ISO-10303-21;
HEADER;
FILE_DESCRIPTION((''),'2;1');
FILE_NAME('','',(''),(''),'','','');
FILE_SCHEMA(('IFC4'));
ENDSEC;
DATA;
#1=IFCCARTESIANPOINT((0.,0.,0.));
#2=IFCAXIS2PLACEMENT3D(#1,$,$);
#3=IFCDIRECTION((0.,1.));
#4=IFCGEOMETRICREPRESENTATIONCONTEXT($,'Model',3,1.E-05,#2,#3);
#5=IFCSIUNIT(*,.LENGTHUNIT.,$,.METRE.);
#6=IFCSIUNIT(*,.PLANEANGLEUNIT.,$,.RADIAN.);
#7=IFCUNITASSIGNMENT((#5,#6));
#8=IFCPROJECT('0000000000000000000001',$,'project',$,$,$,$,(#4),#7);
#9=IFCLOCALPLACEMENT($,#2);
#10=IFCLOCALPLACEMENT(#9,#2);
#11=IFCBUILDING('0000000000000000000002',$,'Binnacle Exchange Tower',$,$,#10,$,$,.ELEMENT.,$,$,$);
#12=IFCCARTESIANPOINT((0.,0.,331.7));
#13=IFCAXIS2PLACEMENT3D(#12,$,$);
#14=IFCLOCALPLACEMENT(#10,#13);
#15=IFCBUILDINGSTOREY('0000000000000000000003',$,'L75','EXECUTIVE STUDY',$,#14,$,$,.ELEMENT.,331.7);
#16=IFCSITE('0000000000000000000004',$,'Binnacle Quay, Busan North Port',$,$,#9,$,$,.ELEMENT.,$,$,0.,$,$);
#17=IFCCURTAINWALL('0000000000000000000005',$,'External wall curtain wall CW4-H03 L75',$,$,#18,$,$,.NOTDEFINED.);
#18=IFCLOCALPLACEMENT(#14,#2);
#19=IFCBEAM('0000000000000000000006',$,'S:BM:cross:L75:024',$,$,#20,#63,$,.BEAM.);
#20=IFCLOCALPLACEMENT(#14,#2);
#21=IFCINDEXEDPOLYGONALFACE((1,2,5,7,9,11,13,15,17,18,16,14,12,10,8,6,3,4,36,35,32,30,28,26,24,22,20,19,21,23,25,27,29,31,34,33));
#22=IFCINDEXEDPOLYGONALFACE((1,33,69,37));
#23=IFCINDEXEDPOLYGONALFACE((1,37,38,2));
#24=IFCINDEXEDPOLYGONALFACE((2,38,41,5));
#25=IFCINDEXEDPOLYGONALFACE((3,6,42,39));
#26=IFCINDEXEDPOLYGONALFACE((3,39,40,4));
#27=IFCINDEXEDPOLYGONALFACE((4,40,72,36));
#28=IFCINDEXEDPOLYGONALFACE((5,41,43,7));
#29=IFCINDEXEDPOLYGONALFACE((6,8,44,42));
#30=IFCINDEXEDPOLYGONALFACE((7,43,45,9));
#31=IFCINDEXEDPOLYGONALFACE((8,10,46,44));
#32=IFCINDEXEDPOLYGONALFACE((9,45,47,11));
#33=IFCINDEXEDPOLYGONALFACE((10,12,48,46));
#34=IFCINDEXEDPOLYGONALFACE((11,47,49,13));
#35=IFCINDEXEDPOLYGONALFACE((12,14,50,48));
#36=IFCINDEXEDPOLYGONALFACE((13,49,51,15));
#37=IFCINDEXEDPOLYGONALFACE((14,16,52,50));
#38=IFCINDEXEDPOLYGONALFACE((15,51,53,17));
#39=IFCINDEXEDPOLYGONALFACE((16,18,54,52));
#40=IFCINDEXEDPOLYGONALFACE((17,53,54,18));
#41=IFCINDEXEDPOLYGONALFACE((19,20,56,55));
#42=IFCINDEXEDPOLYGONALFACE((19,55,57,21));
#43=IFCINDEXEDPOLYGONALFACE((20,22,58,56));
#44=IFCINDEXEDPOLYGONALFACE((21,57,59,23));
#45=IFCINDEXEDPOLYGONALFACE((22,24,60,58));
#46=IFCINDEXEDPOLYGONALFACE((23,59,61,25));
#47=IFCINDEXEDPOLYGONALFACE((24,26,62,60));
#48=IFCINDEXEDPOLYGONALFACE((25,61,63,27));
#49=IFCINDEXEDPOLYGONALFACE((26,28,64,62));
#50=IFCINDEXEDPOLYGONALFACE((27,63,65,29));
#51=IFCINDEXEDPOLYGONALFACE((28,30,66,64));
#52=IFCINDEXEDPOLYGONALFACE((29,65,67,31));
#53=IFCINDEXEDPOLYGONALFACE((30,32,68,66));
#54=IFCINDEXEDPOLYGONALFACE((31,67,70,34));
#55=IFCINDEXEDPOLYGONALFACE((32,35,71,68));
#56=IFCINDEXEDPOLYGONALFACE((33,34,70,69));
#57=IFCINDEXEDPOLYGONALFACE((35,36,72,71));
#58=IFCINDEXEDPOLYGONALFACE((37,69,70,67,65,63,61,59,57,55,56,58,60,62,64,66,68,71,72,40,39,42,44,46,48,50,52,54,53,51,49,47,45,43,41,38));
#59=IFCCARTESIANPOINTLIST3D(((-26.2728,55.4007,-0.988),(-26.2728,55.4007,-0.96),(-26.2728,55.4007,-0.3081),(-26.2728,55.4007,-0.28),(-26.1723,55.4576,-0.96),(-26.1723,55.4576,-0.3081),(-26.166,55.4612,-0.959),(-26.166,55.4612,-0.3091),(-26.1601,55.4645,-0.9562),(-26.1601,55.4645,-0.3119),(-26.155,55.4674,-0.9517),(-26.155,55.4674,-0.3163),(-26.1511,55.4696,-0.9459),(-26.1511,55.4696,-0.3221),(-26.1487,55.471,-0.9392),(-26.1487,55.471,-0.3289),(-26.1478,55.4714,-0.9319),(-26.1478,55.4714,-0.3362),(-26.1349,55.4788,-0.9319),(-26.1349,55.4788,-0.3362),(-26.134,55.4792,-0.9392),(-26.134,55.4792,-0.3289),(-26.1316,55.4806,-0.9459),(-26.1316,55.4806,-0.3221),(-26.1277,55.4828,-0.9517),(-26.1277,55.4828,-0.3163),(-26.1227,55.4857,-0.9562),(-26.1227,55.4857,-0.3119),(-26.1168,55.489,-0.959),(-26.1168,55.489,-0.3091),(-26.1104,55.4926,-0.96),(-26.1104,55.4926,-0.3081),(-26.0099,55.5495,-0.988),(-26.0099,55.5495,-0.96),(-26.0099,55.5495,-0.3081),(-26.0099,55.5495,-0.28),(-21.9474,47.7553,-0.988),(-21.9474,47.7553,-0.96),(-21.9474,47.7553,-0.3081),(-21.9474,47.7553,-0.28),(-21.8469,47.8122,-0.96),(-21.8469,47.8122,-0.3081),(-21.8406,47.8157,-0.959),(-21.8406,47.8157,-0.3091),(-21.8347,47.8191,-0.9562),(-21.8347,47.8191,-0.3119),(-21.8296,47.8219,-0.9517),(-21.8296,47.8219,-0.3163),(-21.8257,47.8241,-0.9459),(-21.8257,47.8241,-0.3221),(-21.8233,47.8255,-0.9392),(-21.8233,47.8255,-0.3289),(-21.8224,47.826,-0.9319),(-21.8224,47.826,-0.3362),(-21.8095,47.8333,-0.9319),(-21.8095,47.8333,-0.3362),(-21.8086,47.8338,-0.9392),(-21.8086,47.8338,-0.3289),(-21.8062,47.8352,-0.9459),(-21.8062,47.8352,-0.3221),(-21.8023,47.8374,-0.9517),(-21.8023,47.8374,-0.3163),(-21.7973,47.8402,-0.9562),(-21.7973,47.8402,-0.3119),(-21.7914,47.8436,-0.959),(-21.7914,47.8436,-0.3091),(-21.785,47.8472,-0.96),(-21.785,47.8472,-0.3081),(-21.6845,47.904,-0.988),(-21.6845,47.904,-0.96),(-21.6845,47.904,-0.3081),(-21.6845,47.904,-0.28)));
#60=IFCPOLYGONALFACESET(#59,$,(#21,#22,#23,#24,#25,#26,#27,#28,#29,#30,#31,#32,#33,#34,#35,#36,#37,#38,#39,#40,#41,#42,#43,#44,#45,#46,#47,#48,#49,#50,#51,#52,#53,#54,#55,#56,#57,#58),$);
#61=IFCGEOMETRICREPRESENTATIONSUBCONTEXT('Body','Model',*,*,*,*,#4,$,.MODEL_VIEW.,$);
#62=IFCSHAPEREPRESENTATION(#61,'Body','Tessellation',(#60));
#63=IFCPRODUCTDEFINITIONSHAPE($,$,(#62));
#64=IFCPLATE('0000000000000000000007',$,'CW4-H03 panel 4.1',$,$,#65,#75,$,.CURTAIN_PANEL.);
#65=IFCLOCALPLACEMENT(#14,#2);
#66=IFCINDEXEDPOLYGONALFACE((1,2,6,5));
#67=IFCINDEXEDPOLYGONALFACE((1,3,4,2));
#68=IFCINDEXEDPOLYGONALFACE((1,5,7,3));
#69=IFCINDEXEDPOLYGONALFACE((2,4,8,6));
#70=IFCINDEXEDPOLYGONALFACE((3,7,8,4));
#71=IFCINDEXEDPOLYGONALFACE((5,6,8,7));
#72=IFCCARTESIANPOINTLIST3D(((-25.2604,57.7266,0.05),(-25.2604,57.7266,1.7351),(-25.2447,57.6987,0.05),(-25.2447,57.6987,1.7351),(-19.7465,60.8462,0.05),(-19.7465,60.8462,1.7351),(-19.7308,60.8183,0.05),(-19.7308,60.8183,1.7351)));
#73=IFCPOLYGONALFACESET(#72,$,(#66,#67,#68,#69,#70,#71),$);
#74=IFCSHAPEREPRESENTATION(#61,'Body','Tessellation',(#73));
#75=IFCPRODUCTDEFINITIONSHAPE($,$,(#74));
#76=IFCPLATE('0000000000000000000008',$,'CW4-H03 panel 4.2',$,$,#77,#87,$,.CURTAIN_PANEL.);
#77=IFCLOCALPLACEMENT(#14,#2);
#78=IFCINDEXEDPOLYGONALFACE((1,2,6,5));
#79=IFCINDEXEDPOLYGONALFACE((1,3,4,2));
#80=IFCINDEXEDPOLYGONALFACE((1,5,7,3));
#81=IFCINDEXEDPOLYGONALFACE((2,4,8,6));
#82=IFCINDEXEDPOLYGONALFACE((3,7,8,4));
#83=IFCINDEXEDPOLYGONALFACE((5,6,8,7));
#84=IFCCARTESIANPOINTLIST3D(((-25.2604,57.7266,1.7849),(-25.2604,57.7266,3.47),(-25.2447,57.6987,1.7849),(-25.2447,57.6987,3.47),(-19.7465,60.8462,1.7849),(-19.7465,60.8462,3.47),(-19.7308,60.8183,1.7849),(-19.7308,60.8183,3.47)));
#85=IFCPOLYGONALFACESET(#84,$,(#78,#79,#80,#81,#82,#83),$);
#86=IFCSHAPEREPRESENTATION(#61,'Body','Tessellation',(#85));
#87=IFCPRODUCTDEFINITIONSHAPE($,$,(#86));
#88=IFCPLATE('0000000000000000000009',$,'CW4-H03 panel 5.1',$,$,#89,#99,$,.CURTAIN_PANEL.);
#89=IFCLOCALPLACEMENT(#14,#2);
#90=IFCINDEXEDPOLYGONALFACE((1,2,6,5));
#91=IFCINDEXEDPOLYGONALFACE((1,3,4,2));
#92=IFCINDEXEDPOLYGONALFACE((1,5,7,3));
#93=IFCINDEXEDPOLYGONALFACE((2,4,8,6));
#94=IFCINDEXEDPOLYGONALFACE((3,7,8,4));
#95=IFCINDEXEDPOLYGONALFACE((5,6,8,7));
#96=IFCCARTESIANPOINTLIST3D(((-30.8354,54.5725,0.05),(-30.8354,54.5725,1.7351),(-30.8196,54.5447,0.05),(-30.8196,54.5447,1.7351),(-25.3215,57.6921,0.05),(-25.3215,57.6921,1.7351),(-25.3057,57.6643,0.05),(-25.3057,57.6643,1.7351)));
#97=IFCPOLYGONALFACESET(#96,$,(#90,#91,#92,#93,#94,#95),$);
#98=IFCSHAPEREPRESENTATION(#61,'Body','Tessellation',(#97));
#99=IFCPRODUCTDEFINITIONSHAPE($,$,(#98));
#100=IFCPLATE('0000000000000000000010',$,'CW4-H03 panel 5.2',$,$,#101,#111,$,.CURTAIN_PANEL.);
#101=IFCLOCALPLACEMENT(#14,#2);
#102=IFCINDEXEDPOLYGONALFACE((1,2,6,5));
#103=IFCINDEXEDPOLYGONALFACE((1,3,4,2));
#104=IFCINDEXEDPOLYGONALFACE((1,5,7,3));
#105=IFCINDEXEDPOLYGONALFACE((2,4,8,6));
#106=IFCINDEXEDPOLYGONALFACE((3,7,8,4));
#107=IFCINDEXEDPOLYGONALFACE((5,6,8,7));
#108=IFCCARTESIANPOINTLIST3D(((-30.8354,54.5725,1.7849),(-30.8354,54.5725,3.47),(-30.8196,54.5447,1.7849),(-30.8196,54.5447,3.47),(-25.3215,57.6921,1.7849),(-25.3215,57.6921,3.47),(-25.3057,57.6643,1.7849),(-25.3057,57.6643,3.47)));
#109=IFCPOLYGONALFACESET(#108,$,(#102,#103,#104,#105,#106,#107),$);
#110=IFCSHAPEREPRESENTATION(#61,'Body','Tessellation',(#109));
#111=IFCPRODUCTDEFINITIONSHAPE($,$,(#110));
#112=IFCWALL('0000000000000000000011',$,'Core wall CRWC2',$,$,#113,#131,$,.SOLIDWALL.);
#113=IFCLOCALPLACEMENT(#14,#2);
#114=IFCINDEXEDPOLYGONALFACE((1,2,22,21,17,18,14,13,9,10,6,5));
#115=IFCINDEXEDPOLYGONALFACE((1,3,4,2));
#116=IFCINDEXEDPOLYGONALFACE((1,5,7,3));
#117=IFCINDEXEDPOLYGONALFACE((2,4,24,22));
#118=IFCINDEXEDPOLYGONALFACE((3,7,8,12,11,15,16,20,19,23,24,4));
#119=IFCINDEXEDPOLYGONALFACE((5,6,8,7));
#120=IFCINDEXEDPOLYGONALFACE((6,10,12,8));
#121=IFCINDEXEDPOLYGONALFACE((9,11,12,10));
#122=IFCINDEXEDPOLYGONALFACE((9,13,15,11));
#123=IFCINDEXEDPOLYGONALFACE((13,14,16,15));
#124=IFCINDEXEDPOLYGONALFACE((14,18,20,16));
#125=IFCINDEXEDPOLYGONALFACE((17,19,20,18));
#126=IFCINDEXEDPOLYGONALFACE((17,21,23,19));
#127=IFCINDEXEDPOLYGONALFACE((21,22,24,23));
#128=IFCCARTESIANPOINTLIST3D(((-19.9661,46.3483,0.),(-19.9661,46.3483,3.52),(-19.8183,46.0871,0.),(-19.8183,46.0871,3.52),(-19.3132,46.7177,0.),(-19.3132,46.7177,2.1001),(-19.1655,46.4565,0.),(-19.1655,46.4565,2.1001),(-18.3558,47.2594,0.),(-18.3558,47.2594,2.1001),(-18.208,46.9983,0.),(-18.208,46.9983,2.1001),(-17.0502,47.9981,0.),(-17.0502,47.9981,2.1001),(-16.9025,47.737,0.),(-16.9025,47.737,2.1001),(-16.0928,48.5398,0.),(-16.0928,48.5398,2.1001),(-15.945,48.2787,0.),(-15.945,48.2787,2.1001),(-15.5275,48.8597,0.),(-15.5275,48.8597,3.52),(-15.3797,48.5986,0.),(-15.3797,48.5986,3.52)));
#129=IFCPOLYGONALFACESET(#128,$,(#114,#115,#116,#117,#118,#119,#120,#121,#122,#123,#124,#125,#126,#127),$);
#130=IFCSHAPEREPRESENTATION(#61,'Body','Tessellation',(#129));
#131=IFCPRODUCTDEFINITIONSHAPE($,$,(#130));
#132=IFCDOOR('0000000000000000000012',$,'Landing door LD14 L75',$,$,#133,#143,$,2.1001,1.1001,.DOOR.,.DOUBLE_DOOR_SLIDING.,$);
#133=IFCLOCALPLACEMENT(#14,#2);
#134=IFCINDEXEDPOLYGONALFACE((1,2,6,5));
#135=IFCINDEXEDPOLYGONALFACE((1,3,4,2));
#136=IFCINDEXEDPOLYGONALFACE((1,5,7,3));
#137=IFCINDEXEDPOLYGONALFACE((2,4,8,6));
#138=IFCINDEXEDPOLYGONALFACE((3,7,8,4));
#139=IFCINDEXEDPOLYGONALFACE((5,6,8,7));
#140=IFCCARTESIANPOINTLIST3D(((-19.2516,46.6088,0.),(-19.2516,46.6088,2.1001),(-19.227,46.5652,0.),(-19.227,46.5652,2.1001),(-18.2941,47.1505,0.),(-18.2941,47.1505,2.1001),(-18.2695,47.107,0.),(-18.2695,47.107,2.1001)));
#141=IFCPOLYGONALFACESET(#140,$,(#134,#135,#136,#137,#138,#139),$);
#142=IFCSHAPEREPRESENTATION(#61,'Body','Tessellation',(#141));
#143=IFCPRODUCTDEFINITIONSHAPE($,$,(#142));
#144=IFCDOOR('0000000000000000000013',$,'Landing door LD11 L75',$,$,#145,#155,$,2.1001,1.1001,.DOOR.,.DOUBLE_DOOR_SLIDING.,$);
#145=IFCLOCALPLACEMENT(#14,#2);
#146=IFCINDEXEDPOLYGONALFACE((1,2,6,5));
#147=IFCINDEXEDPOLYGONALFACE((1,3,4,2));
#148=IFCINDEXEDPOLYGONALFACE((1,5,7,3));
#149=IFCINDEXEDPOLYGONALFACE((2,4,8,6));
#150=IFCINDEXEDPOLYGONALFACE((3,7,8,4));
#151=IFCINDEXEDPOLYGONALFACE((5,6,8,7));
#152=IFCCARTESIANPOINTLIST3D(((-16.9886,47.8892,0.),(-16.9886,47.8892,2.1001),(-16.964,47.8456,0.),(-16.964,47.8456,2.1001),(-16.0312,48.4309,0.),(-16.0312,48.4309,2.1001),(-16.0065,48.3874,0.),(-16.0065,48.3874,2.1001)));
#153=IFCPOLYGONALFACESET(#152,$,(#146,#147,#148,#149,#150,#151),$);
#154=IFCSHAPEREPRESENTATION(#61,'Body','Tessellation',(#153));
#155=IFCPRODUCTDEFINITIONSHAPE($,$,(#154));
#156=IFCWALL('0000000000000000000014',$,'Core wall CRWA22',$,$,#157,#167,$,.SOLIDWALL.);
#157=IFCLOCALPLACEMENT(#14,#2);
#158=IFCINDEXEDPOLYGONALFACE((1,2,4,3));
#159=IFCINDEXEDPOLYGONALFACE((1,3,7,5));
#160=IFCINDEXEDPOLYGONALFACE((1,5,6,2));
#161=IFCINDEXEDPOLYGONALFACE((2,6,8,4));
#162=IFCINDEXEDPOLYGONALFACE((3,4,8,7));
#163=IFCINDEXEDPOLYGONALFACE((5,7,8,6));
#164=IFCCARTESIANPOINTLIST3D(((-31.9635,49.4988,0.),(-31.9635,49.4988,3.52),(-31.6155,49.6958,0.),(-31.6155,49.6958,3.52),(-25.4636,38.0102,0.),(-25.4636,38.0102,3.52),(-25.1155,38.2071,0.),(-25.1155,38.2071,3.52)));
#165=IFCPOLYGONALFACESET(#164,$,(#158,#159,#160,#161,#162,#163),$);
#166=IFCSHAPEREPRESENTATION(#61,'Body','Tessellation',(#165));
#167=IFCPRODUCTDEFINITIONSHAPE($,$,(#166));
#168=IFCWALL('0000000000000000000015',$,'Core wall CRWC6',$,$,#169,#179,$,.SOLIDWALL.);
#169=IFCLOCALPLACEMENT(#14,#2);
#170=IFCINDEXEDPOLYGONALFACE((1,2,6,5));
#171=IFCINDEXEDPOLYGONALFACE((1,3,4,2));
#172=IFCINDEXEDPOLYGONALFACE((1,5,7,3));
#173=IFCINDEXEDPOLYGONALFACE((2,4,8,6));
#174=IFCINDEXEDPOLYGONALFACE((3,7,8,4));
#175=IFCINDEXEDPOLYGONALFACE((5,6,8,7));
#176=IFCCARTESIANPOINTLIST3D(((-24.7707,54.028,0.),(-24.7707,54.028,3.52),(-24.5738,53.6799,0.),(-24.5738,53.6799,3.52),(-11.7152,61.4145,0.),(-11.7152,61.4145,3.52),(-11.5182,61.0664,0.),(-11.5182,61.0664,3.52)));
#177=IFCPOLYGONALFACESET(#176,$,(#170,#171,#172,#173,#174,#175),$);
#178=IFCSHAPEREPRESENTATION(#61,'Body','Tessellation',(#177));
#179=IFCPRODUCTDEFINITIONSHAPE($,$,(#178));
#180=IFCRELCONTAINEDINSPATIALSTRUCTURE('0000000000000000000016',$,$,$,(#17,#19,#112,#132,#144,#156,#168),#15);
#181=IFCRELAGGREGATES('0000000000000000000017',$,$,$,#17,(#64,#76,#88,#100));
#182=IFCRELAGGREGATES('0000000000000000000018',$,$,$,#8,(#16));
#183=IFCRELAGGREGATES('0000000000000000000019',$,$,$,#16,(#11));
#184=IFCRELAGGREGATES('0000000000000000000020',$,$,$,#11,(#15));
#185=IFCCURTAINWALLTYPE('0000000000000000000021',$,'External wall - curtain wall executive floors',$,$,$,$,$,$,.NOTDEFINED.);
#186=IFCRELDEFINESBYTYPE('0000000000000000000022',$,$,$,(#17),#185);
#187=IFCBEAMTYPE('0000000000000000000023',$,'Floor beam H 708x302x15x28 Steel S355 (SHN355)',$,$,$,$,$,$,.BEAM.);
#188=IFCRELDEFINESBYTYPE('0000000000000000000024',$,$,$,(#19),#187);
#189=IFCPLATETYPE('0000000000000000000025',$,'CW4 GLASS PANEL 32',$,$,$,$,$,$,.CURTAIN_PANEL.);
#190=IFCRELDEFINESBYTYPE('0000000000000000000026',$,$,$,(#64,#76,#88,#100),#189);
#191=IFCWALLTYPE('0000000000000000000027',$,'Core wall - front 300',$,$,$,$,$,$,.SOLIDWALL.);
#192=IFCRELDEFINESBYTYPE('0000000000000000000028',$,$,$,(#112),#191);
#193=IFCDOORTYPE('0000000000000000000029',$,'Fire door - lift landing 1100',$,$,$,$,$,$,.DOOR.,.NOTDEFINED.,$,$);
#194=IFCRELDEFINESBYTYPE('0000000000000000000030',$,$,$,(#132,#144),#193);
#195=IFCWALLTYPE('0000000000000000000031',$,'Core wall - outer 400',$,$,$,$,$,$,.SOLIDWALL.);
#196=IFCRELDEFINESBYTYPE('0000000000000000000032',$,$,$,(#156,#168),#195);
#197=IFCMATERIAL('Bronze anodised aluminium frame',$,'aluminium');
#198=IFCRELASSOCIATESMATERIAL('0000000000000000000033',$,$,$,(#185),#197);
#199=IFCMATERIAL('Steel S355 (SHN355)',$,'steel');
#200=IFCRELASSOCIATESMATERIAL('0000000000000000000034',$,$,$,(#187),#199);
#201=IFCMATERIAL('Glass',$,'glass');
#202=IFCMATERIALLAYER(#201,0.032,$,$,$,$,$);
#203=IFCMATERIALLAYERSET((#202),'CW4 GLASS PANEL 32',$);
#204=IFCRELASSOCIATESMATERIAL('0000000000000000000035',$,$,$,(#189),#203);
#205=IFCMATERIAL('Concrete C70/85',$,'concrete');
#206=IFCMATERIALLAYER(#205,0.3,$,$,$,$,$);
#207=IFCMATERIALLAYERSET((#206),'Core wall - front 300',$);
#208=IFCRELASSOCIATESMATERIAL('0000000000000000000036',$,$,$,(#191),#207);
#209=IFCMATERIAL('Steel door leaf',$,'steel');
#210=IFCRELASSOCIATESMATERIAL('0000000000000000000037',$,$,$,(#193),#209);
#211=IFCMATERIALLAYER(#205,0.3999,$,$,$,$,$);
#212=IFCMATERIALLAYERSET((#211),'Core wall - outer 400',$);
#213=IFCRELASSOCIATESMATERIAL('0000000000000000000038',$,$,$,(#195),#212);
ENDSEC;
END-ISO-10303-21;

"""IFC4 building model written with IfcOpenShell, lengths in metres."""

from ifc_helpers import new_model, si_unit, direction, frame, frame_2d, origin, origin_2d, place, context, subcontext, project, spatial, rectangle, i_section, extrude, material, layer, layer_set, material_profile, profile_set, type_object, element, fill, aggregate, save


model = new_model("IFC4")

# Units and contexts
model_context = context("Model", 3, precision=1e-05, world=origin(), true_north=direction((0.0, 1.0)))
body_context = subcontext(model_context, "Body", "Model", "MODEL_VIEW")
ifc_project = project(units=[si_unit("LENGTHUNIT", "METRE"), si_unit("PLANEANGLEUNIT", "RADIAN")], contexts=[model_context])

# Site, building, storey
site_placement = place(None, origin())
site = spatial("IfcSite", under=ifc_project, at=site_placement, Name="Binnacle Quay, Busan North Port", CompositionType="ELEMENT", RefElevation=0.0)
building_placement = place(site_placement, origin())
building = spatial("IfcBuilding", under=site, at=building_placement, Name="Binnacle Exchange Tower", CompositionType="ELEMENT")
storey_placement = place(building_placement, frame((0.0, 0.0, 331.7)))
storey = spatial("IfcBuildingStorey", under=building, at=storey_placement, Name="L75", Description="EXECUTIVE STUDY", CompositionType="ELEMENT", Elevation=331.7)

# Curtain wall
ifc_material_1 = material(Name="Bronze anodised aluminium frame", Category="aluminium")
curtain_wall_type = type_object("IfcCurtainWallType", Name="External wall - curtain wall executive floors", PredefinedType="NOTDEFINED", material=ifc_material_1)
curtain_wall_placement = place(storey_placement, origin())
curtain_wall = element("IfcCurtainWall", 1, at=curtain_wall_placement, inside=storey, type_object=curtain_wall_type, Name="External wall curtain wall CW4-H03 L75", PredefinedType="NOTDEFINED")

# Beam
ifc_material_2 = material(Name="Steel S355 (SHN355)", Category="steel")
ifc_material_profile_1 = material_profile(ifc_material_2, i_section(OverallWidth=0.302, OverallDepth=0.708, WebThickness=0.0149, FlangeThickness=0.0281, FilletRadius=0.0281, at=origin_2d()), Name="H 708x302x15x28")
ifc_profile_set_1 = profile_set([ifc_material_profile_1], Name="Steel S355 (SHN355)")
beam_type_1 = type_object("IfcBeamType", Name="Floor beam H 708x302x15x28 Steel S355 (SHN355)", PredefinedType="BEAM", material=ifc_profile_set_1)
beam_1_placement = place(storey_placement, frame((-26.1414, 55.4751, -0.634), z_axis=(0.492408, -0.870365, 0.0), x_axis=(0.870365, 0.492408, 0.0)))
element("IfcBeam", 2, at=beam_1_placement, inside=storey, type_object=beam_type_1, Name="S:BM:cross:L75:024", PredefinedType="BEAM", context=body_context, shape_type="SweptSolid", body=[
    extrude(i_section(OverallWidth=0.302, OverallDepth=0.708, WebThickness=0.0149, FlangeThickness=0.0281, FilletRadius=0.0281, at=origin_2d()), origin(), (0.0, 0.0, 1.0), 8.7842),
])

# Plates
ifc_material_3 = material(Name="Glass", Category="glass")
ifc_layer_1 = layer(ifc_material_3, 0.032)
ifc_layer_set_1 = layer_set([ifc_layer_1], Name="CW4 GLASS PANEL 32")
plate_type = type_object("IfcPlateType", Name="CW4 GLASS PANEL 32", PredefinedType="CURTAIN_PANEL", material=ifc_layer_set_1)
plate_1_placement = place(storey_placement, frame((-22.4956, 59.2725, 0.05), z_axis=(0.0, 0.0, 1.0), x_axis=(-0.870356, -0.492424, 0.0)))
plate_1 = element("IfcPlate", 3, at=plate_1_placement, type_object=plate_type, Name="CW4-H03 panel 4.1", PredefinedType="CURTAIN_PANEL", context=body_context, shape_type="SweptSolid", body=[
    extrude(rectangle(XDim=6.3352, YDim=0.032, at=origin_2d()), origin(), (0.0, 0.0, 1.0), 1.6851),
])
plate_2_placement = place(storey_placement, frame((-22.4956, 59.2725, 1.7849), z_axis=(0.0, 0.0, 1.0), x_axis=(-0.870356, -0.492424, 0.0)))
plate_2 = element("IfcPlate", 4, at=plate_2_placement, type_object=plate_type, Name="CW4-H03 panel 4.2", PredefinedType="CURTAIN_PANEL", context=body_context, shape_type="SweptSolid", body=[
    extrude(rectangle(XDim=6.3352, YDim=0.032, at=origin_2d()), origin(), (0.0, 0.0, 1.0), 1.6851),
])
plate_3_placement = place(storey_placement, frame((-28.0706, 56.1184, 0.05), z_axis=(0.0, 0.0, 1.0), x_axis=(-0.870356, -0.492424, 0.0)))
plate_3 = element("IfcPlate", 5, at=plate_3_placement, type_object=plate_type, Name="CW4-H03 panel 5.1", PredefinedType="CURTAIN_PANEL", context=body_context, shape_type="SweptSolid", body=[
    extrude(rectangle(XDim=6.3352, YDim=0.032, at=origin_2d()), origin(), (0.0, 0.0, 1.0), 1.6851),
])
plate_4_placement = place(storey_placement, frame((-28.0706, 56.1184, 1.7849), z_axis=(0.0, 0.0, 1.0), x_axis=(-0.870356, -0.492424, 0.0)))
plate_4 = element("IfcPlate", 6, at=plate_4_placement, type_object=plate_type, Name="CW4-H03 panel 5.2", PredefinedType="CURTAIN_PANEL", context=body_context, shape_type="SweptSolid", body=[
    extrude(rectangle(XDim=6.3352, YDim=0.032, at=origin_2d()), origin(), (0.0, 0.0, 1.0), 1.6851),
])
aggregate(curtain_wall, [plate_1, plate_2, plate_3, plate_4])

# Wall, openings, doors
ifc_material_4 = material(Name="Concrete C70/85", Category="concrete")
ifc_layer_2 = layer(ifc_material_4, 0.3)
ifc_layer_set_2 = layer_set([ifc_layer_2], Name="Core wall - front 300")
wall_type_1 = type_object("IfcWallType", Name="Core wall - front 300", PredefinedType="SOLIDWALL", material=ifc_layer_set_2)
wall_1_placement = place(storey_placement, frame((-19.8921, 46.2178, 0.0), z_axis=(0.0, 0.0, 1.0), x_axis=(0.870342, 0.492448, 0.0)))
wall_1 = element("IfcWall", 7, at=wall_1_placement, inside=storey, type_object=wall_type_1, Name="Core wall CRWC2", PredefinedType="SOLIDWALL", context=body_context, shape_type="SweptSolid", body=[
    extrude(rectangle(XDim=5.0999, YDim=0.3, at=frame_2d((2.5498, 0.0))), origin(), (0.0, 0.0, 1.0), 3.52),
])
opening_1_placement = place(wall_1_placement, frame((0.75, 0.0, 0.0)))
opening_1 = element("IfcOpeningElement", 8, at=opening_1_placement, cuts=wall_1, PredefinedType="OPENING", context=body_context, shape_type="SweptSolid", body=[
    extrude(rectangle(XDim=1.1001, YDim=2.1001, at=frame_2d((0.55, 1.05))), frame((0.0, 0.1599, 0.0), z_axis=(0.0, -1.0, 0.0), x_axis=(1.0, 0.0, 0.0)), (0.0, 0.0, 1.0), 0.3201),
])
opening_2_placement = place(wall_1_placement, frame((3.3501, 0.0, 0.0)))
opening_2 = element("IfcOpeningElement", 9, at=opening_2_placement, cuts=wall_1, PredefinedType="OPENING", context=body_context, shape_type="SweptSolid", body=[
    extrude(rectangle(XDim=1.1001, YDim=2.1001, at=frame_2d((0.55, 1.05))), frame((0.0, 0.1599, 0.0), z_axis=(0.0, -1.0, 0.0), x_axis=(1.0, 0.0, 0.0)), (0.0, 0.0, 1.0), 0.3201),
])
ifc_material_5 = material(Name="Steel door leaf", Category="steel")
door_type_1 = type_object("IfcDoorType", Name="Fire door - lift landing 1100", OperationType="NOTDEFINED", PredefinedType="DOOR", material=ifc_material_5)
door_1_placement = place(opening_1_placement, origin())
door_1 = element("IfcDoor", 10, at=door_1_placement, inside=storey, type_object=door_type_1, Name="Landing door LD14 L75", OperationType="DOUBLE_DOOR_SLIDING", OverallHeight=2.1001, OverallWidth=1.1001, PredefinedType="DOOR", context=body_context, shape_type="SweptSolid", body=[
    extrude(rectangle(XDim=1.1001, YDim=2.1001, at=frame_2d((0.55, 1.05))), frame((0.0, 0.0249, 0.0), z_axis=(0.0, -1.0, 0.0), x_axis=(1.0, 0.0, 0.0)), (0.0, 0.0, 1.0), 0.05),
])
fill(opening_1, door_1)
door_2_placement = place(opening_2_placement, origin())
door_2 = element("IfcDoor", 11, at=door_2_placement, inside=storey, type_object=door_type_1, Name="Landing door LD11 L75", OperationType="DOUBLE_DOOR_SLIDING", OverallHeight=2.1001, OverallWidth=1.1001, PredefinedType="DOOR", context=body_context, shape_type="SweptSolid", body=[
    extrude(rectangle(XDim=1.1001, YDim=2.1001, at=frame_2d((0.55, 1.05))), frame((0.0, 0.0249, 0.0), z_axis=(0.0, -1.0, 0.0), x_axis=(1.0, 0.0, 0.0)), (0.0, 0.0, 1.0), 0.05),
])
fill(opening_2, door_2)

# Walls
ifc_layer_3 = layer(ifc_material_4, 0.3999)
ifc_layer_set_3 = layer_set([ifc_layer_3], Name="Core wall - outer 400")
wall_type_2 = type_object("IfcWallType", Name="Core wall - outer 400", PredefinedType="SOLIDWALL", material=ifc_layer_set_3)
wall_2_placement = place(storey_placement, frame((-31.7896, 49.5974, 0.0), z_axis=(0.0, 0.0, 1.0), x_axis=(0.492422, -0.870357, 0.0)))
element("IfcWall", 12, at=wall_2_placement, inside=storey, type_object=wall_type_2, Name="Core wall CRWA22", PredefinedType="SOLIDWALL", context=body_context, shape_type="SweptSolid", body=[
    extrude(rectangle(XDim=13.2, YDim=0.3999, at=frame_2d((6.6001, 0.0))), origin(), (0.0, 0.0, 1.0), 3.52),
])
wall_3_placement = place(storey_placement, frame((-24.6721, 53.854, 0.0), z_axis=(0.0, 0.0, 1.0), x_axis=(0.870354, 0.492427, 0.0)))
element("IfcWall", 13, at=wall_3_placement, inside=storey, type_object=wall_type_2, Name="Core wall CRWC6", PredefinedType="SOLIDWALL", context=body_context, shape_type="SweptSolid", body=[
    extrude(rectangle(XDim=15.0002, YDim=0.3999, at=frame_2d((7.5, 0.0))), origin(), (0.0, 0.0, 1.0), 3.52),
])

save(model, "model.ifc")
